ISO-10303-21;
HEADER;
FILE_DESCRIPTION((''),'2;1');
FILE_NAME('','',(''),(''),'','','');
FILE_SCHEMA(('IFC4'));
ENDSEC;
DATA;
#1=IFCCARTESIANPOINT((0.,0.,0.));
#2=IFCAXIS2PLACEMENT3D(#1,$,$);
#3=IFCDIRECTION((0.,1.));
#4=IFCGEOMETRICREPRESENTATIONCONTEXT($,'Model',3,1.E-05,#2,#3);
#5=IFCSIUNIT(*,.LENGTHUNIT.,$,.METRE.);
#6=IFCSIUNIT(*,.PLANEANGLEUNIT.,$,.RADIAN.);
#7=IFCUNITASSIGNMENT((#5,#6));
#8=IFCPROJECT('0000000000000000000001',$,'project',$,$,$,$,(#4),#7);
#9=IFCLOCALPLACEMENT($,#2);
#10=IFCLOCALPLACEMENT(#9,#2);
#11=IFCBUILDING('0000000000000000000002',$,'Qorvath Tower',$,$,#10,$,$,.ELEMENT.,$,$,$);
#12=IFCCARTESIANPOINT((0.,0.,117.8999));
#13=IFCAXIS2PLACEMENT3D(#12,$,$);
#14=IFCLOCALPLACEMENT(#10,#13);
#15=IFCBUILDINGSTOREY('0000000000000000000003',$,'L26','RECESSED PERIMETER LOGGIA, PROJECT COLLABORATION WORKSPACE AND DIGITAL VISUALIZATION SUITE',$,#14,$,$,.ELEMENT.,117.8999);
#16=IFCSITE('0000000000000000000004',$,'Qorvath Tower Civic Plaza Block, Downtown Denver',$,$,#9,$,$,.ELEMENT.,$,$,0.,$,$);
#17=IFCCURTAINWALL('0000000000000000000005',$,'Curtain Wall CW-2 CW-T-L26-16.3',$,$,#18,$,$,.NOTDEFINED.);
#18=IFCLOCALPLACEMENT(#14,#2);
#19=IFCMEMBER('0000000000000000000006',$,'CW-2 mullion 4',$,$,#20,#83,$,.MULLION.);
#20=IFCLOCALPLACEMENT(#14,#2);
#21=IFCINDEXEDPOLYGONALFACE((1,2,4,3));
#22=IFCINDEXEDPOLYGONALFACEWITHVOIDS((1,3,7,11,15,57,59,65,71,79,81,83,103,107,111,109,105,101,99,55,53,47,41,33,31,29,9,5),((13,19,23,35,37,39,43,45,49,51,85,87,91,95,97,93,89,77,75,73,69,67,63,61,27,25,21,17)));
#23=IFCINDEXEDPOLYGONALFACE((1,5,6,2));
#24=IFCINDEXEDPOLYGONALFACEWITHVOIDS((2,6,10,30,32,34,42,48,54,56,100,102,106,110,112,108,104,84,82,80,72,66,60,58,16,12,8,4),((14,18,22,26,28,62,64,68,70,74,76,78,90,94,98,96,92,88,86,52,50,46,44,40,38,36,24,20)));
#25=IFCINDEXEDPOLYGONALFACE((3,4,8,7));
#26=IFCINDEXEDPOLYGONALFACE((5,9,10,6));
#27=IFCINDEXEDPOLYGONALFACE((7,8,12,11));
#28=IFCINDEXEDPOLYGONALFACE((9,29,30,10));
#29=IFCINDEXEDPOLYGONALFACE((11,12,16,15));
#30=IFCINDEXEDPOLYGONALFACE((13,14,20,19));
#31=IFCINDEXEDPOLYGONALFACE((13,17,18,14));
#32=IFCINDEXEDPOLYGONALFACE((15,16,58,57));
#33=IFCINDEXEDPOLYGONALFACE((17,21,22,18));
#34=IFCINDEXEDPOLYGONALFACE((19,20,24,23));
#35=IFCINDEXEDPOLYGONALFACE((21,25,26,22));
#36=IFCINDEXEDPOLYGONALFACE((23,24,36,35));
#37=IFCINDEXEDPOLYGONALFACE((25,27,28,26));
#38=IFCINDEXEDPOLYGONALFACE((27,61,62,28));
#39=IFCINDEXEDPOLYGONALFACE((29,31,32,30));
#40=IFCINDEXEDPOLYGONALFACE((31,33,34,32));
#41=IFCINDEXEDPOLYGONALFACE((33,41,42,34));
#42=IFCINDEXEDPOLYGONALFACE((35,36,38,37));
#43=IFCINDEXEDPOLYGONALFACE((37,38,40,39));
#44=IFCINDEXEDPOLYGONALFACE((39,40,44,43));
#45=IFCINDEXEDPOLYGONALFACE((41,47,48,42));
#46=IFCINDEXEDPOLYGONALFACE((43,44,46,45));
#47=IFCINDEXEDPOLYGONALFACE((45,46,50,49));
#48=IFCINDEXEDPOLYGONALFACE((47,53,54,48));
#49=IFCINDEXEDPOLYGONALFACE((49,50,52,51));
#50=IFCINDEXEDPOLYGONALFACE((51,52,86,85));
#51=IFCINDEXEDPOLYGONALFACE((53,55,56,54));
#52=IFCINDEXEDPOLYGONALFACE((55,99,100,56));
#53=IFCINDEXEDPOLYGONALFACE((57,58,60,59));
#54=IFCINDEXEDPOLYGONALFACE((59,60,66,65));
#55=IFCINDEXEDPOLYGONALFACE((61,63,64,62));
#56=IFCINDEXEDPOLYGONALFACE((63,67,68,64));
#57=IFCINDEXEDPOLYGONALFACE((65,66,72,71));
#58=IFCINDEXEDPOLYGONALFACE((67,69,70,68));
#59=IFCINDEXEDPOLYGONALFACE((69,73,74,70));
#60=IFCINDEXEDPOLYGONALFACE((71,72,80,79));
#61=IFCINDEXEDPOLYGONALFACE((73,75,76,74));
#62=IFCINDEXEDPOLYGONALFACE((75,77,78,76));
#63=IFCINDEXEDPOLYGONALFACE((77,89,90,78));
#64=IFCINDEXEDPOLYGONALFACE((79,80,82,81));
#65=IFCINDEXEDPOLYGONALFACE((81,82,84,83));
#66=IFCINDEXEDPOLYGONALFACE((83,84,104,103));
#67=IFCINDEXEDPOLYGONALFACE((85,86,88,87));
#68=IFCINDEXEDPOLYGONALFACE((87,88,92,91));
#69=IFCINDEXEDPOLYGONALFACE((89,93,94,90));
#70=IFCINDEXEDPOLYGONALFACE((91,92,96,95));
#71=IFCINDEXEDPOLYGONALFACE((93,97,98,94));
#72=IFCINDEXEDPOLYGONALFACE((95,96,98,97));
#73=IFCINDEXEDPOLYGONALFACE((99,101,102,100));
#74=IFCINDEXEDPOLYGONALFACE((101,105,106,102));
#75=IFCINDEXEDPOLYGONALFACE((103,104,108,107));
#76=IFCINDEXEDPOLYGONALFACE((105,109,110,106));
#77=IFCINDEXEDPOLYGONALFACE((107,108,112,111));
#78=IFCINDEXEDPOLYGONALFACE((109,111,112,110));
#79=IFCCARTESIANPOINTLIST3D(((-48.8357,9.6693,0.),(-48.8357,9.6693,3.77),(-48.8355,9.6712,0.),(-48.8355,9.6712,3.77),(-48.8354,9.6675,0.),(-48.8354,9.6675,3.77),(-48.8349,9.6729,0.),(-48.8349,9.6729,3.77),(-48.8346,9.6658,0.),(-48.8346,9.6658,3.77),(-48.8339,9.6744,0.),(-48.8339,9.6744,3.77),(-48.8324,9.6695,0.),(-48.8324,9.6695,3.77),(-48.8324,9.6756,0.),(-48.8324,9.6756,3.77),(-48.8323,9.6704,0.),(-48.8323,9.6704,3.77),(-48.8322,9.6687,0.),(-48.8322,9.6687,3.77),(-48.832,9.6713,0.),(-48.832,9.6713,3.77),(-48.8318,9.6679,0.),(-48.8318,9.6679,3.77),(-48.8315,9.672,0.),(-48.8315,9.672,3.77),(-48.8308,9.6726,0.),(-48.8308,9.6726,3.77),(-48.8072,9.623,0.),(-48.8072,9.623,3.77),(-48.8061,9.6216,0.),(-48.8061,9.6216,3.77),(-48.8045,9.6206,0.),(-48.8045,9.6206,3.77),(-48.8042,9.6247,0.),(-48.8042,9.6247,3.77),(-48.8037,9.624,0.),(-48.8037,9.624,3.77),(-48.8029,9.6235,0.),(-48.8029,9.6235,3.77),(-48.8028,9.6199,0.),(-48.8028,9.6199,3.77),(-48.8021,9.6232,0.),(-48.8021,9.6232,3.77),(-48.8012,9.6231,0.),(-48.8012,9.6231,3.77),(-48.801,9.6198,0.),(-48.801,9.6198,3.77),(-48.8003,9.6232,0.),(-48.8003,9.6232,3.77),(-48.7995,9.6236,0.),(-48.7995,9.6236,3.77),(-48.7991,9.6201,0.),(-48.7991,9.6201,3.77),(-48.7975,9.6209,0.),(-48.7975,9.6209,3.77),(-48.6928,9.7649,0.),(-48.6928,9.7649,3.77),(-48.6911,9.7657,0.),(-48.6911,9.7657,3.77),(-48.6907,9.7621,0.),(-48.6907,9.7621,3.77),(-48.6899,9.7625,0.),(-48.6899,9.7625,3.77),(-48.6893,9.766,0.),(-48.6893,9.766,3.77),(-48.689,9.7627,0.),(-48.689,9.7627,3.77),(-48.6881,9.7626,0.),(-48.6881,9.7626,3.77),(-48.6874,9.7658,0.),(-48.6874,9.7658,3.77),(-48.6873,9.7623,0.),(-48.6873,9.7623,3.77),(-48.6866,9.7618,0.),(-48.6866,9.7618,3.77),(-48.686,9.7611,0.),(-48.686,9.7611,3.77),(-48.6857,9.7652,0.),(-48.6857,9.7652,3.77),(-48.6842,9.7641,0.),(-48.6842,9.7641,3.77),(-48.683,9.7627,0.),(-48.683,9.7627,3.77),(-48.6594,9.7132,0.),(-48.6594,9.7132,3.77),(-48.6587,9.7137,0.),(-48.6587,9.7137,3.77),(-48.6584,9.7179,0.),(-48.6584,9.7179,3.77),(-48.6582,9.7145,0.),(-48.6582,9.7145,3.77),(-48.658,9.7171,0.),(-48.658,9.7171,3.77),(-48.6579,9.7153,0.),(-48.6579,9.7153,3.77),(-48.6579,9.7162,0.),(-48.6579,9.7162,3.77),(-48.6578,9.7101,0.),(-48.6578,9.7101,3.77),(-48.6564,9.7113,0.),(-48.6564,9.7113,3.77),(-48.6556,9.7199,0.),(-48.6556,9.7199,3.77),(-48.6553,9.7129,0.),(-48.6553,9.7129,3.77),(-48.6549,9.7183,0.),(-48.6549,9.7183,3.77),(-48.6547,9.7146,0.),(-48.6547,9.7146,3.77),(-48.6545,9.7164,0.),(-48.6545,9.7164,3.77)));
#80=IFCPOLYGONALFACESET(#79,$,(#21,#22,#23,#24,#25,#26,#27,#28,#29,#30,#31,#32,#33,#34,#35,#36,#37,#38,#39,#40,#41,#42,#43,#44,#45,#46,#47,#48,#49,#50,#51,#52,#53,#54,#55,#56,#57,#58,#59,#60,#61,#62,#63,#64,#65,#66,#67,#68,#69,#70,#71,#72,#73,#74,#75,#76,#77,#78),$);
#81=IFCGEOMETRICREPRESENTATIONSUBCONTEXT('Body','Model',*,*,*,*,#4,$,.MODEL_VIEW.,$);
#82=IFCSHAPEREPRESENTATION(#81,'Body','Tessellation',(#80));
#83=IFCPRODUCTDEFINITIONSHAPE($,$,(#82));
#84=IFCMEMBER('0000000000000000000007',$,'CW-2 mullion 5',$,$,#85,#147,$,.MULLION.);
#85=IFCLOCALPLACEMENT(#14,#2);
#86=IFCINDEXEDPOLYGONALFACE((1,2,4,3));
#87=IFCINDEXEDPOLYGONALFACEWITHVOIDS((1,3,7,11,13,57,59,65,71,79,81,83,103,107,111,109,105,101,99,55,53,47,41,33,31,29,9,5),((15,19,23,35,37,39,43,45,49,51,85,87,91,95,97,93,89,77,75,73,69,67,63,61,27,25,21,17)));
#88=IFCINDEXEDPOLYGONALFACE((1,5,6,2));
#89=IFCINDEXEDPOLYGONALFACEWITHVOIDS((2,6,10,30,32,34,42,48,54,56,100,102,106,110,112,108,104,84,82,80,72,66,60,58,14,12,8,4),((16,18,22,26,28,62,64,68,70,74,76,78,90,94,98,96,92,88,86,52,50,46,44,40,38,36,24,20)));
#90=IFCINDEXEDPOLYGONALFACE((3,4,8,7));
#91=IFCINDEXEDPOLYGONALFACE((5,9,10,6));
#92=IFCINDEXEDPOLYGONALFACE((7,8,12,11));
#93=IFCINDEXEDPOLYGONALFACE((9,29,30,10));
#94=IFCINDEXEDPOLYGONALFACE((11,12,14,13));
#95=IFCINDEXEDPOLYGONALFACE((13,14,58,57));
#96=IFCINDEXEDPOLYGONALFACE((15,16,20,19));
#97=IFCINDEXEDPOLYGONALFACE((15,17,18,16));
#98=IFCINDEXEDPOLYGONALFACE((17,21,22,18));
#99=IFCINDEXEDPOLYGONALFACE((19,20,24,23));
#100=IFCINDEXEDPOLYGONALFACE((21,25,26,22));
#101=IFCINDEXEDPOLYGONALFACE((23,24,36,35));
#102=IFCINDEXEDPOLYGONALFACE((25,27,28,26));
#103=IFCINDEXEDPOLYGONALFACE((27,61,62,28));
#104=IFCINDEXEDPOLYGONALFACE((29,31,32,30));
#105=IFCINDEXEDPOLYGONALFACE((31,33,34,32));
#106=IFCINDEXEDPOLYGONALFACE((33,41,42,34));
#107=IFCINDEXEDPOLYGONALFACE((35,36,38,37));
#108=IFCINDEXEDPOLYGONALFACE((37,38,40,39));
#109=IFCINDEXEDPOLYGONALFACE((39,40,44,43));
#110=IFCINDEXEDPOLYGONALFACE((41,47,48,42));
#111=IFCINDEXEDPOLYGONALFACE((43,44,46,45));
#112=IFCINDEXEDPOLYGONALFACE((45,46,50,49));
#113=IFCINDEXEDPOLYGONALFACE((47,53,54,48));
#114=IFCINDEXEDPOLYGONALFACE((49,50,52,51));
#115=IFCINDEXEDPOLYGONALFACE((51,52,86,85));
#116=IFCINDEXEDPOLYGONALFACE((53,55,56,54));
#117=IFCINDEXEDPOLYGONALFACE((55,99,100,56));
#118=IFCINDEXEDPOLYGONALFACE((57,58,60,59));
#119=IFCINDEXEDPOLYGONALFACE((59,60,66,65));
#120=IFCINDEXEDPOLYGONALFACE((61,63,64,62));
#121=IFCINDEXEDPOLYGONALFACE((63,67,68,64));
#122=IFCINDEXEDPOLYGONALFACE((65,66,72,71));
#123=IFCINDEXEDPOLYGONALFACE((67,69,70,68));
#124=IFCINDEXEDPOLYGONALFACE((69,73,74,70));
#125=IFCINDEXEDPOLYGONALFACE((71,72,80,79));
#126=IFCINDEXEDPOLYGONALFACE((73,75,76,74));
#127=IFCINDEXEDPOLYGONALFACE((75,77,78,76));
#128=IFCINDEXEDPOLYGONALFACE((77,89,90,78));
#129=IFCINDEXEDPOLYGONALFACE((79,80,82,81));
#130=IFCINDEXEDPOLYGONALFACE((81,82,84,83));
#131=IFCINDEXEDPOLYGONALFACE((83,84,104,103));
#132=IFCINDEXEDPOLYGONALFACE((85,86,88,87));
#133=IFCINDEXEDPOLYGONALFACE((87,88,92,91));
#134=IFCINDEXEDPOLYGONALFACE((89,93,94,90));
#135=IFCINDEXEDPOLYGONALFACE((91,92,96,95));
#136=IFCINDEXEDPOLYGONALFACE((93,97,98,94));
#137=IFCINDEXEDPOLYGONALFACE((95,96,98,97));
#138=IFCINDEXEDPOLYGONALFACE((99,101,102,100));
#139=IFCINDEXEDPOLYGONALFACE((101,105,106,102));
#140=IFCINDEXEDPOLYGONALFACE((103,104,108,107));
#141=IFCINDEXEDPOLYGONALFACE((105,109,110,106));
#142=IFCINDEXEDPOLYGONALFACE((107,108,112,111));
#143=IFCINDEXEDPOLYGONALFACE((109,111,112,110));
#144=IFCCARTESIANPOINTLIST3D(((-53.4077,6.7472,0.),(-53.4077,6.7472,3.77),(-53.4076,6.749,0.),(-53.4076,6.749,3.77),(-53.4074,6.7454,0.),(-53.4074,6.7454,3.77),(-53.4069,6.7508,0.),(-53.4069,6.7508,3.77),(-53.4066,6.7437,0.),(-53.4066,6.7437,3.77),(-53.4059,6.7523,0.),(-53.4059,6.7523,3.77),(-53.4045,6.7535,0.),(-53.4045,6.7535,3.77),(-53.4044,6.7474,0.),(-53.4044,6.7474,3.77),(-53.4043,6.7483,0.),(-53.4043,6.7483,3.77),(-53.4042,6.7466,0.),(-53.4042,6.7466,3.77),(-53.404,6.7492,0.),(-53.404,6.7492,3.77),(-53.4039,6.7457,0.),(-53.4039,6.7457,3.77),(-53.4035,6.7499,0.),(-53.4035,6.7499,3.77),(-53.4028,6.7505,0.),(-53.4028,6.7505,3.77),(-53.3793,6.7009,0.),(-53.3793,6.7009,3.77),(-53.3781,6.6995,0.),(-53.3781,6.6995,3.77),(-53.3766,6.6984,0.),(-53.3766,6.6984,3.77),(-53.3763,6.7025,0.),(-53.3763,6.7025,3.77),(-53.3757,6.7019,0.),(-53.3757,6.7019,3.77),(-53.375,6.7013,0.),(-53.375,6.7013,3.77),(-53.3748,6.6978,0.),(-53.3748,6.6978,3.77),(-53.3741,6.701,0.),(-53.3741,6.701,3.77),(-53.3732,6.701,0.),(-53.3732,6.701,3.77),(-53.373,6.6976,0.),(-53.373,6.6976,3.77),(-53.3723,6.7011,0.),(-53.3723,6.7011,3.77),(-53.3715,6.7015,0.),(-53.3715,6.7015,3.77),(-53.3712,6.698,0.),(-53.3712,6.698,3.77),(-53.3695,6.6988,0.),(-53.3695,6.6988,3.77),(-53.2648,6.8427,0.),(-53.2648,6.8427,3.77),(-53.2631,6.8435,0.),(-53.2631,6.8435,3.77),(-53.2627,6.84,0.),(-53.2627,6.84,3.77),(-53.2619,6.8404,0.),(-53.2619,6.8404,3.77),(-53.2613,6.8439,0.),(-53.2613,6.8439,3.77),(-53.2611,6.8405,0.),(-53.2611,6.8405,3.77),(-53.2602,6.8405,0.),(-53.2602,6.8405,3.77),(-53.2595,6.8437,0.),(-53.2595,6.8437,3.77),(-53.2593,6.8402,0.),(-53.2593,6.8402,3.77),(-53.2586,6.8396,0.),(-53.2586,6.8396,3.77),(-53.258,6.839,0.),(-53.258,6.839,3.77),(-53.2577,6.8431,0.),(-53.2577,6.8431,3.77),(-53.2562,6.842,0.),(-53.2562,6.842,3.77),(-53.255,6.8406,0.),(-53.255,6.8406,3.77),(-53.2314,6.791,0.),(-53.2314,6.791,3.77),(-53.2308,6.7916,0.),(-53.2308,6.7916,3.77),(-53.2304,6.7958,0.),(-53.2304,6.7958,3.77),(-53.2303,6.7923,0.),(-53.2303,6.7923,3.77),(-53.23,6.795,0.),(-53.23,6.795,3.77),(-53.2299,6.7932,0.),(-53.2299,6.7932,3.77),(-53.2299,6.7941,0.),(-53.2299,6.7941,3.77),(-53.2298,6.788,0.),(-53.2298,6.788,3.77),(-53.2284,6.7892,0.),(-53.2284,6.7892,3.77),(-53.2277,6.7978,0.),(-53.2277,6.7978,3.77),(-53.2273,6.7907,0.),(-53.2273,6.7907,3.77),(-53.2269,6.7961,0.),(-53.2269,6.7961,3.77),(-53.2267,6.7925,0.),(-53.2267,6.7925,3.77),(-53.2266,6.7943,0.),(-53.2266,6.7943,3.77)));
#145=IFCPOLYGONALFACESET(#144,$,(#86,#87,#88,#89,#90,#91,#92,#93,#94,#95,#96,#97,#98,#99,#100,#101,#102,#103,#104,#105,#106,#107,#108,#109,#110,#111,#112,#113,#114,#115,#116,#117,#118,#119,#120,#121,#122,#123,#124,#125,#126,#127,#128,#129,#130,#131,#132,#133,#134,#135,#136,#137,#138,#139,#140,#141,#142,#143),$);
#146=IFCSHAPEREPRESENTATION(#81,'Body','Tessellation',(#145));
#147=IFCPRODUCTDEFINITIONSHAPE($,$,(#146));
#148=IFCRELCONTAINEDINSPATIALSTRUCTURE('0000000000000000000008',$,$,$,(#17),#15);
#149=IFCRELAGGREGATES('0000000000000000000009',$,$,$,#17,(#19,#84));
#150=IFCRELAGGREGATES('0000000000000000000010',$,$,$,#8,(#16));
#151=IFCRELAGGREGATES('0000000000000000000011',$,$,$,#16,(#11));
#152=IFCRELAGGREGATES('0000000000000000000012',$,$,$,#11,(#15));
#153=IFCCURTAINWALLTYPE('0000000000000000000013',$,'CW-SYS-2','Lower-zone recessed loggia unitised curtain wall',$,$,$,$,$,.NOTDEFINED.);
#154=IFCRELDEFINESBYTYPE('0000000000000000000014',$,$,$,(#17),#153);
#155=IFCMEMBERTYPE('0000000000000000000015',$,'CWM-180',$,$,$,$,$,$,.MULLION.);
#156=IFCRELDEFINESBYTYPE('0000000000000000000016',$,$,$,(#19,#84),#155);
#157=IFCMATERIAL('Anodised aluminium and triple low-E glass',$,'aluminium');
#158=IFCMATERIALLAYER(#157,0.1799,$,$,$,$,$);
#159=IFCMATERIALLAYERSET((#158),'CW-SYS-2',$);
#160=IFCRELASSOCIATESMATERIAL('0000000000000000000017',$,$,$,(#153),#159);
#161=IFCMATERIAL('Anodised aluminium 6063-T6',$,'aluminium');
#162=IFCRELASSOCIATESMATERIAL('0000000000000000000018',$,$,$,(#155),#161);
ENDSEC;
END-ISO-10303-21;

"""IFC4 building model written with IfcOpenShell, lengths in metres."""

from ifc_helpers import new_model, si_unit, direction, frame, origin, origin_2d, place, context, subcontext, project, spatial, hollow_rectangle, extrude, material, layer, layer_set, material_profile, profile_set, type_object, element, aggregate, save


model = new_model("IFC4")

# Units and contexts
model_context = context("Model", 3, precision=1e-05, world=origin(), true_north=direction((0.0, 1.0)))
body_context = subcontext(model_context, "Body", "Model", "MODEL_VIEW")
ifc_project = project(units=[si_unit("LENGTHUNIT", "METRE"), si_unit("PLANEANGLEUNIT", "RADIAN")], contexts=[model_context])

# Site, building, storey
site_placement = place(None, origin())
site = spatial("IfcSite", under=ifc_project, at=site_placement, Name="Qorvath Tower Civic Plaza Block, Downtown Denver", CompositionType="ELEMENT", RefElevation=0.0)
building_placement = place(site_placement, origin())
building = spatial("IfcBuilding", under=site, at=building_placement, Name="Qorvath Tower", CompositionType="ELEMENT")
storey_placement = place(building_placement, frame((0.0, 0.0, 117.8999)))
storey = spatial("IfcBuildingStorey", under=building, at=storey_placement, Name="L26", Description="RECESSED PERIMETER LOGGIA, PROJECT COLLABORATION WORKSPACE AND DIGITAL VISUALIZATION SUITE", CompositionType="ELEMENT", Elevation=117.8999)

# Curtain wall, members
ifc_material_1 = material(Name="Anodised aluminium and triple low-E glass", Category="aluminium")
ifc_layer_1 = layer(ifc_material_1, 0.1799)
ifc_layer_set_1 = layer_set([ifc_layer_1], Name="CW-SYS-2")
curtain_wall_type = type_object("IfcCurtainWallType", Name="CW-SYS-2", Description="Lower-zone recessed loggia unitised curtain wall", PredefinedType="NOTDEFINED", material=ifc_layer_set_1)
curtain_wall_placement = place(storey_placement, origin())
curtain_wall = element("IfcCurtainWall", 1, at=curtain_wall_placement, inside=storey, type_object=curtain_wall_type, Name="Curtain Wall CW-2 CW-T-L26-16.3", PredefinedType="NOTDEFINED")
ifc_material_2 = material(Name="Anodised aluminium 6063-T6", Category="aluminium")
ifc_material_profile_1 = material_profile(ifc_material_2, hollow_rectangle(XDim=0.0649, YDim=0.1799, WallThickness=0.0034, InnerFilletRadius=0.0034, OuterFilletRadius=0.0071, at=origin_2d()), Name="CWM 180x65")
ifc_profile_set_1 = profile_set([ifc_material_profile_1], Name="Anodised aluminium 6063-T6")
member_type_1 = type_object("IfcMemberType", Name="CWM-180", PredefinedType="MULLION", material=ifc_profile_set_1)
member_1_placement = place(storey_placement, frame((-48.7451, 9.6929, 0.0), z_axis=(0.0, 0.0, 1.0), x_axis=(0.538534, -0.842604, 0.0)))
member_1 = element("IfcMember", 2, at=member_1_placement, type_object=member_type_1, Name="CW-2 mullion 4", PredefinedType="MULLION", context=body_context, shape_type="SweptSolid", body=[
    extrude(hollow_rectangle(XDim=0.0649, YDim=0.1799, WallThickness=0.0034, InnerFilletRadius=0.0034, OuterFilletRadius=0.0071, at=origin_2d()), origin(), (0.0, 0.0, 1.0), 3.77),
])
member_2_placement = place(storey_placement, frame((-53.3171, 6.7708, 0.0), z_axis=(0.0, 0.0, 1.0), x_axis=(0.538534, -0.842604, 0.0)))
member_2 = element("IfcMember", 3, at=member_2_placement, type_object=member_type_1, Name="CW-2 mullion 5", PredefinedType="MULLION", context=body_context, shape_type="SweptSolid", body=[
    extrude(hollow_rectangle(XDim=0.0649, YDim=0.1799, WallThickness=0.0034, InnerFilletRadius=0.0034, OuterFilletRadius=0.0071, at=origin_2d()), origin(), (0.0, 0.0, 1.0), 3.77),
])
aggregate(curtain_wall, [member_1, member_2])

save(model, "model.ifc")
